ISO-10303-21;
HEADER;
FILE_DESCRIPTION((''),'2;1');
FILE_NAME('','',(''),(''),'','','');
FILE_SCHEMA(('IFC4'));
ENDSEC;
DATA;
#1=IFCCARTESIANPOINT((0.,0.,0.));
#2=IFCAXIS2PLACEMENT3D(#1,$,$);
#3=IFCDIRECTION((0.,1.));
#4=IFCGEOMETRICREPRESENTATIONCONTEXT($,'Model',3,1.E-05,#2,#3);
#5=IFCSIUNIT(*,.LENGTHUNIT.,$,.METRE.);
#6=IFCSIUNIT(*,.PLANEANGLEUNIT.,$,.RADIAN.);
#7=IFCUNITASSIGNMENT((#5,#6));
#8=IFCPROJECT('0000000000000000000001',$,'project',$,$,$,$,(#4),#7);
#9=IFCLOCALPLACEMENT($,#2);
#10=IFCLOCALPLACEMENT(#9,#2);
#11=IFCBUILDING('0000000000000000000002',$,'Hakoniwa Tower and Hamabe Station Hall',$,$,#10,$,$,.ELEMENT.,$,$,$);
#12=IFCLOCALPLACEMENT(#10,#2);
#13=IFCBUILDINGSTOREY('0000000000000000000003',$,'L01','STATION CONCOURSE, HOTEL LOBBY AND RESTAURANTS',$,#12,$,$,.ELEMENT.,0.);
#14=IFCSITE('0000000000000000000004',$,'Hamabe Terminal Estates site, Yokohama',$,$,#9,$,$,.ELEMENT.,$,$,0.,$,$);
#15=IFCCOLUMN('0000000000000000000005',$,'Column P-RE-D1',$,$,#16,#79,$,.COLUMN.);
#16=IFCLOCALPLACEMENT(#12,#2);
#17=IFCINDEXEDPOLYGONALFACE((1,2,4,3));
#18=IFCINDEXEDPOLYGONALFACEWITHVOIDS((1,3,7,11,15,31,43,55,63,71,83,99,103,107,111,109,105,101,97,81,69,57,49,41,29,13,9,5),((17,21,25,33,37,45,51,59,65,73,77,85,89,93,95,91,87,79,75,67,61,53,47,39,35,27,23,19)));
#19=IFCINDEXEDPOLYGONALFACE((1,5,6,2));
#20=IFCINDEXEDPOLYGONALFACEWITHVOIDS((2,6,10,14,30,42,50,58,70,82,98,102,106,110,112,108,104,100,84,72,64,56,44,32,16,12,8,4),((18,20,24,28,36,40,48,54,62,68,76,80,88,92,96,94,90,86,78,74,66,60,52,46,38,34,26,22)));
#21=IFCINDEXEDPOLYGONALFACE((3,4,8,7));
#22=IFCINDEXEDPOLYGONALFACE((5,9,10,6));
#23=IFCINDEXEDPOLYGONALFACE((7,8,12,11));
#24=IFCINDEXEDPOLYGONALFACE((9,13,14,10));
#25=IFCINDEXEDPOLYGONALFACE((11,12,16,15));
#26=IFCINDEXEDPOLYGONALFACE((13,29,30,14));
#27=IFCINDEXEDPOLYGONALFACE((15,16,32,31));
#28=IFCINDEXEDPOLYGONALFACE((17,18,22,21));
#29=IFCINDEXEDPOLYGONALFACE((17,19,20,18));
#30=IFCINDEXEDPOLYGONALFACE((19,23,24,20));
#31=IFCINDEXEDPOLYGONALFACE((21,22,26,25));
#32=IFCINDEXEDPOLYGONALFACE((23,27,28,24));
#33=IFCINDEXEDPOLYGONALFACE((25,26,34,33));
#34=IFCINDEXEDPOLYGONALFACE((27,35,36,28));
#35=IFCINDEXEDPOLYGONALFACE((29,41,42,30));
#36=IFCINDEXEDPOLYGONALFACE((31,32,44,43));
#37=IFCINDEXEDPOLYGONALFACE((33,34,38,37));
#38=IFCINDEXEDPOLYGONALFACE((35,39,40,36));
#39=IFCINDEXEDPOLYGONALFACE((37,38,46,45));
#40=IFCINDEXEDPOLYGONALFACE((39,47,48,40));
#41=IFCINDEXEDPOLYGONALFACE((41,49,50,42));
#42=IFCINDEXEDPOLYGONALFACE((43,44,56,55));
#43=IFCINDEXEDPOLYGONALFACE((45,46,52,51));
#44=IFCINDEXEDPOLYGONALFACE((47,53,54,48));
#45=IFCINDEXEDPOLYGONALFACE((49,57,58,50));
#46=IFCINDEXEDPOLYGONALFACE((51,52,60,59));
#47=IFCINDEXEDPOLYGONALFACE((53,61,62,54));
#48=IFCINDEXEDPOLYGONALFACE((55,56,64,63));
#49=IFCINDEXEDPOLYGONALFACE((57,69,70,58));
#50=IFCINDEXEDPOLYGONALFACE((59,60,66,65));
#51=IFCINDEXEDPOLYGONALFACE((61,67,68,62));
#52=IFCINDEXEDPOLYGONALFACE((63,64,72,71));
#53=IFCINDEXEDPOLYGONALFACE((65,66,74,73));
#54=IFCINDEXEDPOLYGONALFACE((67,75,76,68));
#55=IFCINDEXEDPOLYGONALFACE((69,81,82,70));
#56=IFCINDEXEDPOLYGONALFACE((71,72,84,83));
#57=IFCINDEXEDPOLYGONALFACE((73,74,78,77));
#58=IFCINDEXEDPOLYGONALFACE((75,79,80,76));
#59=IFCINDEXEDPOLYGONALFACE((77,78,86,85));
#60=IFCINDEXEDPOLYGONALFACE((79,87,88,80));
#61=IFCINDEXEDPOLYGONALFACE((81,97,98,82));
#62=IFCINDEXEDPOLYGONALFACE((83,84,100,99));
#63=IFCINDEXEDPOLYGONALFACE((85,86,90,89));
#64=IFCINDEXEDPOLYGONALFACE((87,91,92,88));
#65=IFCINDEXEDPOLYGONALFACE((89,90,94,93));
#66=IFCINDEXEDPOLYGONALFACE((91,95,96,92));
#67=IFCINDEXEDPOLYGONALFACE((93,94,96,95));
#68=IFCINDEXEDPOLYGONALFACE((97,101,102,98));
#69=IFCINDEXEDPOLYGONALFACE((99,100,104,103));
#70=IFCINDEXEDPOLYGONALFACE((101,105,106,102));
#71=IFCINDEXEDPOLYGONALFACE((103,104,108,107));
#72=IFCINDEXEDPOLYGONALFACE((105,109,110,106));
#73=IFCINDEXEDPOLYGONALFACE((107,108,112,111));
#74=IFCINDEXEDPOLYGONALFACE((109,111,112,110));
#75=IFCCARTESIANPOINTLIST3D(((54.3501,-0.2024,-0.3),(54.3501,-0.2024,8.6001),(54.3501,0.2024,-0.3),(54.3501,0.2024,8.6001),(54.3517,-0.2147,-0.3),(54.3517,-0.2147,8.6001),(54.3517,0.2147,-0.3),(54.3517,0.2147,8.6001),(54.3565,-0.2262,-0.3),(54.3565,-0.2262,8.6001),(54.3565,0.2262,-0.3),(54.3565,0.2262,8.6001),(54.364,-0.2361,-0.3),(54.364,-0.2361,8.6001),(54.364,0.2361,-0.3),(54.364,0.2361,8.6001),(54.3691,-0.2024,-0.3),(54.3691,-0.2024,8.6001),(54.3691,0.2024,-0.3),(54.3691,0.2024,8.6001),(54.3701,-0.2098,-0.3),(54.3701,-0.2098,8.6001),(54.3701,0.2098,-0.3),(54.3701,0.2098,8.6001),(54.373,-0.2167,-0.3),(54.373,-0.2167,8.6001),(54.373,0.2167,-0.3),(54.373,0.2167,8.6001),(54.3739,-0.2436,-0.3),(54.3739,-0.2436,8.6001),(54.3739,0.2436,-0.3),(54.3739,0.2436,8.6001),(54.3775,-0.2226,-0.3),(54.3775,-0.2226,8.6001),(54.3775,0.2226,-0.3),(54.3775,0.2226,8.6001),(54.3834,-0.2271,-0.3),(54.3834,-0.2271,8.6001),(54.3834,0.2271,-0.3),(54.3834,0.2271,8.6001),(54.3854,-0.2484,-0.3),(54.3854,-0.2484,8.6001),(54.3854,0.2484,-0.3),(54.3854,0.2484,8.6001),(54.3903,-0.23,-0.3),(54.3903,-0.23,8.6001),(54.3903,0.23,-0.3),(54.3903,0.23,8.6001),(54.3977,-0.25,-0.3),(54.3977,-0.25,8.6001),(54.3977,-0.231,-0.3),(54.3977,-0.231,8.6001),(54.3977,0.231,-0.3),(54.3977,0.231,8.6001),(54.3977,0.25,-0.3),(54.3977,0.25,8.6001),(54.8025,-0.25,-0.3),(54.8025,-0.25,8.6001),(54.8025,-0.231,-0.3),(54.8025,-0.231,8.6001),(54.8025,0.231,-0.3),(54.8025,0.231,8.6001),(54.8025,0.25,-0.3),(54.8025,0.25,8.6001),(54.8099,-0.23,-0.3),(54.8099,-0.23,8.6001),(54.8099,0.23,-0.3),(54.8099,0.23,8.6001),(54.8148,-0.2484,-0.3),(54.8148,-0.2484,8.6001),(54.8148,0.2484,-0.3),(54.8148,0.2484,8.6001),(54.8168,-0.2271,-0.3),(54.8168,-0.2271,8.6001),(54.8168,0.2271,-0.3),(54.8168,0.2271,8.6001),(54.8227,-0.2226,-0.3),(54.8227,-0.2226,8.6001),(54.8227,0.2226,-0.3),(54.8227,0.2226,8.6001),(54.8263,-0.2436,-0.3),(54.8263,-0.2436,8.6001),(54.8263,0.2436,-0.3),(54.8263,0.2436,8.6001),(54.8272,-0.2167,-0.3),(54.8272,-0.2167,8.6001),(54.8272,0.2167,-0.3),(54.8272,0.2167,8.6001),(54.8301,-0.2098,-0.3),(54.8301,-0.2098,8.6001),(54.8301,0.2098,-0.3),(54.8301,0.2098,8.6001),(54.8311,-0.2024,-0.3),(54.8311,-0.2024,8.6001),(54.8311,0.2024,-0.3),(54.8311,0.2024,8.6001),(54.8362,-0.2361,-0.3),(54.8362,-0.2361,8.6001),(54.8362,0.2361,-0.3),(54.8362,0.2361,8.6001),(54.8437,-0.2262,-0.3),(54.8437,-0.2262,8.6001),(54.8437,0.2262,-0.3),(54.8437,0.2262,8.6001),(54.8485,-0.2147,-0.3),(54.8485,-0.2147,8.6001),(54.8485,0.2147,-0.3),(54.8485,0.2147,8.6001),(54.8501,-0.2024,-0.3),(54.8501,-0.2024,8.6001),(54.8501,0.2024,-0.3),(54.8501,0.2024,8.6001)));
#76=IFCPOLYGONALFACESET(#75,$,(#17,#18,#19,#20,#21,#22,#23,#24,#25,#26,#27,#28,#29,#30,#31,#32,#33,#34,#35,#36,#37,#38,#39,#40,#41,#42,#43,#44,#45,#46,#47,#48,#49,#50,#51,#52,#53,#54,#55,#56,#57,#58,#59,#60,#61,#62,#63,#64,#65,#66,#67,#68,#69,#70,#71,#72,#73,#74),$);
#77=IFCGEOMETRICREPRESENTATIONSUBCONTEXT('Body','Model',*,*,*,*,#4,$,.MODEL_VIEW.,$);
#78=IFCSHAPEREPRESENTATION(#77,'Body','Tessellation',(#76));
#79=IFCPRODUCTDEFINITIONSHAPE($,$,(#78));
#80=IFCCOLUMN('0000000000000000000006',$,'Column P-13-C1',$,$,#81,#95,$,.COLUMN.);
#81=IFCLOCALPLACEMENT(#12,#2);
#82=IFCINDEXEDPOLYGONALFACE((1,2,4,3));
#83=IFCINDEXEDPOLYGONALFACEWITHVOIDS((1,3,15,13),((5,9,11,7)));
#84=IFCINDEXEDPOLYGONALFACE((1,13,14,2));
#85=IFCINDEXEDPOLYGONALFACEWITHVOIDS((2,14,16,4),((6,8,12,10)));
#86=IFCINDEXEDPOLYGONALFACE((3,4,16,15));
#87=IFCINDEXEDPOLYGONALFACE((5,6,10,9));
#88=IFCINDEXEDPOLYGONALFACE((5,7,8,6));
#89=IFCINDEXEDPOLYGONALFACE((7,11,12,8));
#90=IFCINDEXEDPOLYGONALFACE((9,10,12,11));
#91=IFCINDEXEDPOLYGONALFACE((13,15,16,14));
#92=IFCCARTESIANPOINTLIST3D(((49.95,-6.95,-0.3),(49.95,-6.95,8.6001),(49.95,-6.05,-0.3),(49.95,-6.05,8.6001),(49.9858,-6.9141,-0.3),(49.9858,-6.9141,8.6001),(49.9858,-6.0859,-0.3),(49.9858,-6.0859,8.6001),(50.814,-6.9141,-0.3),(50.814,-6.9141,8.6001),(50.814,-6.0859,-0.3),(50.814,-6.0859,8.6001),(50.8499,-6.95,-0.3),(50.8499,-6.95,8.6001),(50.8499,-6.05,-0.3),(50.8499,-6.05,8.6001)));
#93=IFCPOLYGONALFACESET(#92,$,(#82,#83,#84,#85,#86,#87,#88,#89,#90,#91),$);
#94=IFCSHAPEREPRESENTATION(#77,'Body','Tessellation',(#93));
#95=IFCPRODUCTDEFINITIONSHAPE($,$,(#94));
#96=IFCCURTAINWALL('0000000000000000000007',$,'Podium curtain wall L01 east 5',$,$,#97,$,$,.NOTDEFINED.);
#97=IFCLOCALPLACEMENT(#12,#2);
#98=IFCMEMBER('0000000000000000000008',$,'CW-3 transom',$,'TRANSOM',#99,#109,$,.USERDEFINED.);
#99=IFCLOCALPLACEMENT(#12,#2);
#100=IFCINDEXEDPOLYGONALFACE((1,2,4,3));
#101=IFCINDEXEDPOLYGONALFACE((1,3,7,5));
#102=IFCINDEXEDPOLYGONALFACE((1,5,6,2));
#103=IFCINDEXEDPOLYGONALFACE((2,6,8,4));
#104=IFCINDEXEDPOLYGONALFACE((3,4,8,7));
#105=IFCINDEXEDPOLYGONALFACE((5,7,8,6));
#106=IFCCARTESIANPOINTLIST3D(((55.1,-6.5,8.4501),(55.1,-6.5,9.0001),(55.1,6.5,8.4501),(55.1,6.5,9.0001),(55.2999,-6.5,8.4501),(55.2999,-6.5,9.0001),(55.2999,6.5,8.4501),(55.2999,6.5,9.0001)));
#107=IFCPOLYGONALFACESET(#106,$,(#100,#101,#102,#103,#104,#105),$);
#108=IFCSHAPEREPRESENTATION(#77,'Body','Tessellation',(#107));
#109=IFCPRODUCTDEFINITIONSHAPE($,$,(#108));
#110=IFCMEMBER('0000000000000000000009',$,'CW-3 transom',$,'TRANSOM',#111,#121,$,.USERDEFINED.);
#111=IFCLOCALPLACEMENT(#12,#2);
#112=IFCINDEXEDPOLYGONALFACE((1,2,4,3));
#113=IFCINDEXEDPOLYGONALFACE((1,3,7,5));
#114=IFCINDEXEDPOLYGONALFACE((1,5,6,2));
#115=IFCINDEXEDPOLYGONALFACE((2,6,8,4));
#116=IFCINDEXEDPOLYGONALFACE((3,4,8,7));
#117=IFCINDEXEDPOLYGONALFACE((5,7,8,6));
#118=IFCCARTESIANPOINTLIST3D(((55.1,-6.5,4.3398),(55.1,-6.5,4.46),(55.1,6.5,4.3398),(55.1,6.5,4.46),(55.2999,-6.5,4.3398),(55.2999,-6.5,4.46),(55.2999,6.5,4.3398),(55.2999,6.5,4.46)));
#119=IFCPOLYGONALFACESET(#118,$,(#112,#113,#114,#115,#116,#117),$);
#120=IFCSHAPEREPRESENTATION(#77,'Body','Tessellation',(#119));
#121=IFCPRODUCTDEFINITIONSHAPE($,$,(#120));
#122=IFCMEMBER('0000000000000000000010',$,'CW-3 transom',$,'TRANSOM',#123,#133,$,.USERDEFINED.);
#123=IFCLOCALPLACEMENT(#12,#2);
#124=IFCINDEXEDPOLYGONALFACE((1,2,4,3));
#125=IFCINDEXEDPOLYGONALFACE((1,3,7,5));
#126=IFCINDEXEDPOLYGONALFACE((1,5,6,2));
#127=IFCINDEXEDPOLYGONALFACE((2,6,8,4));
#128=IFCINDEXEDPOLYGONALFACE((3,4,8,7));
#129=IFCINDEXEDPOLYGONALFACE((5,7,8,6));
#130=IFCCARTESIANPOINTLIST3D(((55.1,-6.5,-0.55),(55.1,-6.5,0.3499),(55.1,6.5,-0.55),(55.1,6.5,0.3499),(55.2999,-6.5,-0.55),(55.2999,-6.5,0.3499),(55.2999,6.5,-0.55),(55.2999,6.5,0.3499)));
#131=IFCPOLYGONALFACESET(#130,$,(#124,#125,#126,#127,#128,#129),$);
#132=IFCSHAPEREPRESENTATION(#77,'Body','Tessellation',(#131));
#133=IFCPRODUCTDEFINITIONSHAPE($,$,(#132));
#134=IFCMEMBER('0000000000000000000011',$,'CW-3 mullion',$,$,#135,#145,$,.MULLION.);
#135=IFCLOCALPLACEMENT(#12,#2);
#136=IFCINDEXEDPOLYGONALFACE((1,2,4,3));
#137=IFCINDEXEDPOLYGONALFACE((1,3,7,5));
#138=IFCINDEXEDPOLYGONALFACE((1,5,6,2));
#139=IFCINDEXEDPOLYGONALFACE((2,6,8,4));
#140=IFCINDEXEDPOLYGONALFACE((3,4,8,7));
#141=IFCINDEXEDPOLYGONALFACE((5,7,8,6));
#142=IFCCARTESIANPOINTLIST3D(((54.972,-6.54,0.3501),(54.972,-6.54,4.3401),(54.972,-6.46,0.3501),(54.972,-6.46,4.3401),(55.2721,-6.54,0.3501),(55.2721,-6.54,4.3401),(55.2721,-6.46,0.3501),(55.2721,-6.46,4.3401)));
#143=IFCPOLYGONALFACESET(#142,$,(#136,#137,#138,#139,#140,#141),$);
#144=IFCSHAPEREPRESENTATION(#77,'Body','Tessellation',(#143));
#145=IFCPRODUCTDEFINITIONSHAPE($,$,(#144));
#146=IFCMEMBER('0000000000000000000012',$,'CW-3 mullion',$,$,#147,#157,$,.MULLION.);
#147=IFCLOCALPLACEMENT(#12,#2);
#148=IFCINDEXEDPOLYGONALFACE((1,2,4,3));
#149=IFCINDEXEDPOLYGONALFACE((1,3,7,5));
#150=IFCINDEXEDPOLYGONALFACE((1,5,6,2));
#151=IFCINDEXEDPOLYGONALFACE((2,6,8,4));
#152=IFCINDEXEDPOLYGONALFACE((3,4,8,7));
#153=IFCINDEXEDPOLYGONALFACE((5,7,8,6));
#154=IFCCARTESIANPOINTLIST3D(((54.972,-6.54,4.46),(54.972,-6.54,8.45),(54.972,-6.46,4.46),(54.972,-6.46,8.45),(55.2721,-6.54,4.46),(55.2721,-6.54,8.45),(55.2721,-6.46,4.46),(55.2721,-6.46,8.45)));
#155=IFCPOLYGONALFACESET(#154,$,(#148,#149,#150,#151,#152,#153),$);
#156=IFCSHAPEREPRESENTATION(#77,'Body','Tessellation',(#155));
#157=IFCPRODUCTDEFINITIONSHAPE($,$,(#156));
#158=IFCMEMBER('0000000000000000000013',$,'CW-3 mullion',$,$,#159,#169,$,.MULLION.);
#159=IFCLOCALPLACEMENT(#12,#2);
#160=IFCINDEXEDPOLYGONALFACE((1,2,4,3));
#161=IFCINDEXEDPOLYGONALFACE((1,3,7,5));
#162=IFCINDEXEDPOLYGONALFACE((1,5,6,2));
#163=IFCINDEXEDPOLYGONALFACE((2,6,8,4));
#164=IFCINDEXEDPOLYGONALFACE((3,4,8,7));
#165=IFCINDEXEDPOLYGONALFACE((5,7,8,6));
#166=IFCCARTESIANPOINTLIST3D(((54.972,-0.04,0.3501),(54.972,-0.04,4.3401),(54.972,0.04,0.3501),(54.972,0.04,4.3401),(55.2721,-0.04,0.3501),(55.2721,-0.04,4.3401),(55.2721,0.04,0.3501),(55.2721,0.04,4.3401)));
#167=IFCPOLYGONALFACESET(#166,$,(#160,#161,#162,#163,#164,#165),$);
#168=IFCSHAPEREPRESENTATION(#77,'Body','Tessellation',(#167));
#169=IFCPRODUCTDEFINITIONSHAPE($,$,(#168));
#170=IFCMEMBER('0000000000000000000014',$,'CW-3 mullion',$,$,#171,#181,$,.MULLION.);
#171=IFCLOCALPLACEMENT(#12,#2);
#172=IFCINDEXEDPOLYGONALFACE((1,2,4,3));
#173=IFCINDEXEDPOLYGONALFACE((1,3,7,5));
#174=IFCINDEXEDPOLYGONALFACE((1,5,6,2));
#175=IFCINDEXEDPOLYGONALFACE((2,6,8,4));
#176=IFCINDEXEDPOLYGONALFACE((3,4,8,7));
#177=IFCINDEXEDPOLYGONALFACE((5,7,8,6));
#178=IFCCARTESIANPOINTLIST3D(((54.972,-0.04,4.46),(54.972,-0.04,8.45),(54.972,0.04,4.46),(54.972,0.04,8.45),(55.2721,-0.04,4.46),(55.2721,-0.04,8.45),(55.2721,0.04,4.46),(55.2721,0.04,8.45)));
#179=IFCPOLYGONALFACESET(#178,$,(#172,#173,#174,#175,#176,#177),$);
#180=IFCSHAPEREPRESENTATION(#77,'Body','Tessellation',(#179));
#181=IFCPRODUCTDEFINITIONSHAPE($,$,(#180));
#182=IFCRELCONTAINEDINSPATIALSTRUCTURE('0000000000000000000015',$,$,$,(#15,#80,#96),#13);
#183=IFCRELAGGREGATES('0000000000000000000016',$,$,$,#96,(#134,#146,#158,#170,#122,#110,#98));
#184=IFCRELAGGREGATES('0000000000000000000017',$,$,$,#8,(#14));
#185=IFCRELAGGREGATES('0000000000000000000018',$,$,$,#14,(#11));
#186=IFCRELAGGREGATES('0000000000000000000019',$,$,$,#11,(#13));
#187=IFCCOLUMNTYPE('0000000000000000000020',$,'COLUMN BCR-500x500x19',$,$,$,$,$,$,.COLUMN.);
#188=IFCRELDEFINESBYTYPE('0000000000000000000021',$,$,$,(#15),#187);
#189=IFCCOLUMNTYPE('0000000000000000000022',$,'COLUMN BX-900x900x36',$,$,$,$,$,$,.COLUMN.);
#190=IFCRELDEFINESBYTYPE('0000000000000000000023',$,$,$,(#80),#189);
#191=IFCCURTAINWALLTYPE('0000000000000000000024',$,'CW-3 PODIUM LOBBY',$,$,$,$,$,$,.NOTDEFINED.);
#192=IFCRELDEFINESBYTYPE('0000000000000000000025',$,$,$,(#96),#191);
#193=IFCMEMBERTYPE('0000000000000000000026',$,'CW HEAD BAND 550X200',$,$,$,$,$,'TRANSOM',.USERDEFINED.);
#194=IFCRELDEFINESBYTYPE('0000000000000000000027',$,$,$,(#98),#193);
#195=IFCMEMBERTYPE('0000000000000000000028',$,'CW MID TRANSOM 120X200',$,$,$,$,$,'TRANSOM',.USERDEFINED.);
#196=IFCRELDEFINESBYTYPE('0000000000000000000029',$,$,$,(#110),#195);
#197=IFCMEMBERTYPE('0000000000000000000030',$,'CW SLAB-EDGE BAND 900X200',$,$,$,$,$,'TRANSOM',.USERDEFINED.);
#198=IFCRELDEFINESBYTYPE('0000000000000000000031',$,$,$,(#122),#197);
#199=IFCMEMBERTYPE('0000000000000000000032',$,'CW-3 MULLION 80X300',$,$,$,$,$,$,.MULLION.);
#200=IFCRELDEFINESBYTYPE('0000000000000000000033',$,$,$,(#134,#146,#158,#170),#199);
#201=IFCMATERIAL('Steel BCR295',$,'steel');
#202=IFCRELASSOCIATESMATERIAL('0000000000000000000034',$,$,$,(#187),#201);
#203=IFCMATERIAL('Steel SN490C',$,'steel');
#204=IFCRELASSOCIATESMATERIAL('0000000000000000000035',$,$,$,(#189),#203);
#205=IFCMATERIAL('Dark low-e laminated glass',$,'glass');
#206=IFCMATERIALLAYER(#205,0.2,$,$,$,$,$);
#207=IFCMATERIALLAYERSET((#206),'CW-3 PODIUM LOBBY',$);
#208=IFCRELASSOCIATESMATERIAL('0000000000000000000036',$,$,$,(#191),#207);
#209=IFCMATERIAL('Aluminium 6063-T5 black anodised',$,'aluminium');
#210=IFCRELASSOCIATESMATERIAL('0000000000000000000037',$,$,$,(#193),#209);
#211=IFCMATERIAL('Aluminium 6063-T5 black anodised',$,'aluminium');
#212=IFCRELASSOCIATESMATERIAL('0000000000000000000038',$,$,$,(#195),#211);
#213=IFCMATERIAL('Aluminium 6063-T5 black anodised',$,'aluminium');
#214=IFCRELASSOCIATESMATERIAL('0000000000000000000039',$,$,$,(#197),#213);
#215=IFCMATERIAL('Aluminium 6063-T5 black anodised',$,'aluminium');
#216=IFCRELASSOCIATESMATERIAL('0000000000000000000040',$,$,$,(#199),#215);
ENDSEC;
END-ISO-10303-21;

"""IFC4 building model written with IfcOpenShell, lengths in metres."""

from ifc_helpers import new_model, si_unit, direction, frame, origin, origin_2d, place, context, subcontext, project, spatial, rectangle, hollow_rectangle, extrude, material, layer, layer_set, material_profile, profile_set, type_object, element, aggregate, save


model = new_model("IFC4")

# Units and contexts
model_context = context("Model", 3, precision=1e-05, world=origin(), true_north=direction((0.0, 1.0)))
body_context = subcontext(model_context, "Body", "Model", "MODEL_VIEW")
ifc_project = project(units=[si_unit("LENGTHUNIT", "METRE"), si_unit("PLANEANGLEUNIT", "RADIAN")], contexts=[model_context])

# Site, building, storey
site_placement = place(None, origin())
site = spatial("IfcSite", under=ifc_project, at=site_placement, Name="Hamabe Terminal Estates site, Yokohama", CompositionType="ELEMENT", RefElevation=0.0)
building_placement = place(site_placement, origin())
building = spatial("IfcBuilding", under=site, at=building_placement, Name="Hakoniwa Tower and Hamabe Station Hall", CompositionType="ELEMENT")
storey_placement = place(building_placement, origin())
storey = spatial("IfcBuildingStorey", under=building, at=storey_placement, Name="L01", Description="STATION CONCOURSE, HOTEL LOBBY AND RESTAURANTS", CompositionType="ELEMENT", Elevation=0.0)

# Columns
ifc_material_1 = material(Name="Steel BCR295", Category="steel")
ifc_material_profile_1 = material_profile(ifc_material_1, hollow_rectangle(XDim=0.5, YDim=0.5, WallThickness=0.019, InnerFilletRadius=0.0286, OuterFilletRadius=0.0476, at=origin_2d()), Name="BCR-500x500x19")
ifc_profile_set_1 = profile_set([ifc_material_profile_1], Name="Steel BCR295")
column_type_1 = type_object("IfcColumnType", Name="COLUMN BCR-500x500x19", PredefinedType="COLUMN", material=ifc_profile_set_1)
for number, where, z_axis, x_axis, name in (
    (1, (54.6001, 0.0, -0.3), (0.0, 0.0, 1.0), (1.0, 0.0, 0.0), "Column P-RE-D1"),
):
    element("IfcColumn", number, at=place(storey_placement, frame(where, z_axis=z_axis, x_axis=x_axis)), inside=storey, type_object=column_type_1, Name=name, PredefinedType="COLUMN", context=body_context, shape_type="SweptSolid", body=[
        extrude(hollow_rectangle(XDim=0.5, YDim=0.5, WallThickness=0.019, InnerFilletRadius=0.0286, OuterFilletRadius=0.0476, at=origin_2d()), origin(), (0.0, 0.0, 1.0), 8.9001),
    ])
ifc_material_2 = material(Name="Steel SN490C", Category="steel")
ifc_material_profile_2 = material_profile(ifc_material_2, hollow_rectangle(XDim=0.8999, YDim=0.8999, WallThickness=0.0359, at=origin_2d()), Name="BX-900x900x36")
ifc_profile_set_2 = profile_set([ifc_material_profile_2], Name="Steel SN490C")
column_type_2 = type_object("IfcColumnType", Name="COLUMN BX-900x900x36", PredefinedType="COLUMN", material=ifc_profile_set_2)
column_placement = place(storey_placement, frame((50.3999, -6.5, -0.3), z_axis=(0.0, 0.0, 1.0), x_axis=(1.0, 0.0, 0.0)))
element("IfcColumn", 2, at=column_placement, inside=storey, type_object=column_type_2, Name="Column P-13-C1", PredefinedType="COLUMN", context=body_context, shape_type="SweptSolid", body=[
    extrude(hollow_rectangle(XDim=0.8999, YDim=0.8999, WallThickness=0.0359, at=origin_2d()), origin(), (0.0, 0.0, 1.0), 8.9001),
])

# Curtain wall, members
ifc_material_3 = material(Name="Dark low-e laminated glass", Category="glass")
ifc_layer_1 = layer(ifc_material_3, 0.2)
ifc_layer_set_1 = layer_set([ifc_layer_1], Name="CW-3 PODIUM LOBBY")
curtain_wall_type = type_object("IfcCurtainWallType", Name="CW-3 PODIUM LOBBY", PredefinedType="NOTDEFINED", material=ifc_layer_set_1)
curtain_wall_placement = place(storey_placement, origin())
curtain_wall = element("IfcCurtainWall", 3, at=curtain_wall_placement, inside=storey, type_object=curtain_wall_type, Name="Podium curtain wall L01 east 5", PredefinedType="NOTDEFINED")
ifc_material_4 = material(Name="Aluminium 6063-T5 black anodised", Category="aluminium")
ifc_material_profile_3 = material_profile(ifc_material_4, rectangle(XDim=0.2, YDim=0.55, at=origin_2d()), Name="CW HEAD BAND 550X200")
ifc_profile_set_3 = profile_set([ifc_material_profile_3], Name="Aluminium 6063-T5 black anodised")
member_type_1 = type_object("IfcMemberType", Name="CW HEAD BAND 550X200", ElementType="TRANSOM", PredefinedType="USERDEFINED", material=ifc_profile_set_3)
member_1_placement = place(storey_placement, frame((55.2, -6.5, 8.7251), z_axis=(0.0, 1.0, 0.0), x_axis=(-1.0, 0.0, 0.0)))
member_1 = element("IfcMember", 4, at=member_1_placement, type_object=member_type_1, Name="CW-3 transom", ObjectType="TRANSOM", PredefinedType="USERDEFINED", context=body_context, shape_type="SweptSolid", body=[
    extrude(rectangle(XDim=0.2, YDim=0.55, at=origin_2d()), origin(), (0.0, 0.0, 1.0), 13.0),
])
ifc_material_5 = material(Name="Aluminium 6063-T5 black anodised", Category="aluminium")
ifc_material_profile_4 = material_profile(ifc_material_5, rectangle(XDim=0.2, YDim=0.1201, at=origin_2d()), Name="CW MID TRANSOM 120X200")
ifc_profile_set_4 = profile_set([ifc_material_profile_4], Name="Aluminium 6063-T5 black anodised")
member_type_2 = type_object("IfcMemberType", Name="CW MID TRANSOM 120X200", ElementType="TRANSOM", PredefinedType="USERDEFINED", material=ifc_profile_set_4)
member_2_placement = place(storey_placement, frame((55.2, -6.5, 4.3999), z_axis=(0.0, 1.0, 0.0), x_axis=(-1.0, 0.0, 0.0)))
member_2 = element("IfcMember", 5, at=member_2_placement, type_object=member_type_2, Name="CW-3 transom", ObjectType="TRANSOM", PredefinedType="USERDEFINED", context=body_context, shape_type="SweptSolid", body=[
    extrude(rectangle(XDim=0.2, YDim=0.1201, at=origin_2d()), origin(), (0.0, 0.0, 1.0), 13.0),
])
ifc_material_6 = material(Name="Aluminium 6063-T5 black anodised", Category="aluminium")
ifc_material_profile_5 = material_profile(ifc_material_6, rectangle(XDim=0.2, YDim=0.8999, at=origin_2d()), Name="CW SLAB-EDGE BAND 900X200")
ifc_profile_set_5 = profile_set([ifc_material_profile_5], Name="Aluminium 6063-T5 black anodised")
member_type_3 = type_object("IfcMemberType", Name="CW SLAB-EDGE BAND 900X200", ElementType="TRANSOM", PredefinedType="USERDEFINED", material=ifc_profile_set_5)
member_3_placement = place(storey_placement, frame((55.2, -6.5, -0.1001), z_axis=(0.0, 1.0, 0.0), x_axis=(-1.0, 0.0, 0.0)))
member_3 = element("IfcMember", 6, at=member_3_placement, type_object=member_type_3, Name="CW-3 transom", ObjectType="TRANSOM", PredefinedType="USERDEFINED", context=body_context, shape_type="SweptSolid", body=[
    extrude(rectangle(XDim=0.2, YDim=0.8999, at=origin_2d()), origin(), (0.0, 0.0, 1.0), 13.0),
])
ifc_material_7 = material(Name="Aluminium 6063-T5 black anodised", Category="aluminium")
ifc_material_profile_6 = material_profile(ifc_material_7, rectangle(XDim=0.0801, YDim=0.3, at=origin_2d()), Name="CW-3 MULLION 80X300")
ifc_profile_set_6 = profile_set([ifc_material_profile_6], Name="Aluminium 6063-T5 black anodised")
member_type_4 = type_object("IfcMemberType", Name="CW-3 MULLION 80X300", PredefinedType="MULLION", material=ifc_profile_set_6)
member_4_placement = place(storey_placement, frame((55.1221, -6.5, 0.3501), z_axis=(0.0, 0.0, 1.0), x_axis=(0.0, 1.0, 0.0)))
member_4 = element("IfcMember", 7, at=member_4_placement, type_object=member_type_4, Name="CW-3 mullion", PredefinedType="MULLION", context=body_context, shape_type="SweptSolid", body=[
    extrude(rectangle(XDim=0.0801, YDim=0.3, at=origin_2d()), origin(), (0.0, 0.0, 1.0), 3.99),
])
member_5_placement = place(storey_placement, frame((55.1221, -6.5, 4.46), z_axis=(0.0, 0.0, 1.0), x_axis=(0.0, 1.0, 0.0)))
member_5 = element("IfcMember", 8, at=member_5_placement, type_object=member_type_4, Name="CW-3 mullion", PredefinedType="MULLION", context=body_context, shape_type="SweptSolid", body=[
    extrude(rectangle(XDim=0.0801, YDim=0.3, at=origin_2d()), origin(), (0.0, 0.0, 1.0), 3.99),
])
member_6_placement = place(storey_placement, frame((55.1221, 0.0, 0.3501), z_axis=(0.0, 0.0, 1.0), x_axis=(0.0, 1.0, 0.0)))
member_6 = element("IfcMember", 9, at=member_6_placement, type_object=member_type_4, Name="CW-3 mullion", PredefinedType="MULLION", context=body_context, shape_type="SweptSolid", body=[
    extrude(rectangle(XDim=0.0801, YDim=0.3, at=origin_2d()), origin(), (0.0, 0.0, 1.0), 3.99),
])
member_7_placement = place(storey_placement, frame((55.1221, 0.0, 4.46), z_axis=(0.0, 0.0, 1.0), x_axis=(0.0, 1.0, 0.0)))
member_7 = element("IfcMember", 10, at=member_7_placement, type_object=member_type_4, Name="CW-3 mullion", PredefinedType="MULLION", context=body_context, shape_type="SweptSolid", body=[
    extrude(rectangle(XDim=0.0801, YDim=0.3, at=origin_2d()), origin(), (0.0, 0.0, 1.0), 3.99),
])
aggregate(curtain_wall, [member_4, member_5, member_6, member_7, member_3, member_2, member_1])

save(model, "model.ifc")
